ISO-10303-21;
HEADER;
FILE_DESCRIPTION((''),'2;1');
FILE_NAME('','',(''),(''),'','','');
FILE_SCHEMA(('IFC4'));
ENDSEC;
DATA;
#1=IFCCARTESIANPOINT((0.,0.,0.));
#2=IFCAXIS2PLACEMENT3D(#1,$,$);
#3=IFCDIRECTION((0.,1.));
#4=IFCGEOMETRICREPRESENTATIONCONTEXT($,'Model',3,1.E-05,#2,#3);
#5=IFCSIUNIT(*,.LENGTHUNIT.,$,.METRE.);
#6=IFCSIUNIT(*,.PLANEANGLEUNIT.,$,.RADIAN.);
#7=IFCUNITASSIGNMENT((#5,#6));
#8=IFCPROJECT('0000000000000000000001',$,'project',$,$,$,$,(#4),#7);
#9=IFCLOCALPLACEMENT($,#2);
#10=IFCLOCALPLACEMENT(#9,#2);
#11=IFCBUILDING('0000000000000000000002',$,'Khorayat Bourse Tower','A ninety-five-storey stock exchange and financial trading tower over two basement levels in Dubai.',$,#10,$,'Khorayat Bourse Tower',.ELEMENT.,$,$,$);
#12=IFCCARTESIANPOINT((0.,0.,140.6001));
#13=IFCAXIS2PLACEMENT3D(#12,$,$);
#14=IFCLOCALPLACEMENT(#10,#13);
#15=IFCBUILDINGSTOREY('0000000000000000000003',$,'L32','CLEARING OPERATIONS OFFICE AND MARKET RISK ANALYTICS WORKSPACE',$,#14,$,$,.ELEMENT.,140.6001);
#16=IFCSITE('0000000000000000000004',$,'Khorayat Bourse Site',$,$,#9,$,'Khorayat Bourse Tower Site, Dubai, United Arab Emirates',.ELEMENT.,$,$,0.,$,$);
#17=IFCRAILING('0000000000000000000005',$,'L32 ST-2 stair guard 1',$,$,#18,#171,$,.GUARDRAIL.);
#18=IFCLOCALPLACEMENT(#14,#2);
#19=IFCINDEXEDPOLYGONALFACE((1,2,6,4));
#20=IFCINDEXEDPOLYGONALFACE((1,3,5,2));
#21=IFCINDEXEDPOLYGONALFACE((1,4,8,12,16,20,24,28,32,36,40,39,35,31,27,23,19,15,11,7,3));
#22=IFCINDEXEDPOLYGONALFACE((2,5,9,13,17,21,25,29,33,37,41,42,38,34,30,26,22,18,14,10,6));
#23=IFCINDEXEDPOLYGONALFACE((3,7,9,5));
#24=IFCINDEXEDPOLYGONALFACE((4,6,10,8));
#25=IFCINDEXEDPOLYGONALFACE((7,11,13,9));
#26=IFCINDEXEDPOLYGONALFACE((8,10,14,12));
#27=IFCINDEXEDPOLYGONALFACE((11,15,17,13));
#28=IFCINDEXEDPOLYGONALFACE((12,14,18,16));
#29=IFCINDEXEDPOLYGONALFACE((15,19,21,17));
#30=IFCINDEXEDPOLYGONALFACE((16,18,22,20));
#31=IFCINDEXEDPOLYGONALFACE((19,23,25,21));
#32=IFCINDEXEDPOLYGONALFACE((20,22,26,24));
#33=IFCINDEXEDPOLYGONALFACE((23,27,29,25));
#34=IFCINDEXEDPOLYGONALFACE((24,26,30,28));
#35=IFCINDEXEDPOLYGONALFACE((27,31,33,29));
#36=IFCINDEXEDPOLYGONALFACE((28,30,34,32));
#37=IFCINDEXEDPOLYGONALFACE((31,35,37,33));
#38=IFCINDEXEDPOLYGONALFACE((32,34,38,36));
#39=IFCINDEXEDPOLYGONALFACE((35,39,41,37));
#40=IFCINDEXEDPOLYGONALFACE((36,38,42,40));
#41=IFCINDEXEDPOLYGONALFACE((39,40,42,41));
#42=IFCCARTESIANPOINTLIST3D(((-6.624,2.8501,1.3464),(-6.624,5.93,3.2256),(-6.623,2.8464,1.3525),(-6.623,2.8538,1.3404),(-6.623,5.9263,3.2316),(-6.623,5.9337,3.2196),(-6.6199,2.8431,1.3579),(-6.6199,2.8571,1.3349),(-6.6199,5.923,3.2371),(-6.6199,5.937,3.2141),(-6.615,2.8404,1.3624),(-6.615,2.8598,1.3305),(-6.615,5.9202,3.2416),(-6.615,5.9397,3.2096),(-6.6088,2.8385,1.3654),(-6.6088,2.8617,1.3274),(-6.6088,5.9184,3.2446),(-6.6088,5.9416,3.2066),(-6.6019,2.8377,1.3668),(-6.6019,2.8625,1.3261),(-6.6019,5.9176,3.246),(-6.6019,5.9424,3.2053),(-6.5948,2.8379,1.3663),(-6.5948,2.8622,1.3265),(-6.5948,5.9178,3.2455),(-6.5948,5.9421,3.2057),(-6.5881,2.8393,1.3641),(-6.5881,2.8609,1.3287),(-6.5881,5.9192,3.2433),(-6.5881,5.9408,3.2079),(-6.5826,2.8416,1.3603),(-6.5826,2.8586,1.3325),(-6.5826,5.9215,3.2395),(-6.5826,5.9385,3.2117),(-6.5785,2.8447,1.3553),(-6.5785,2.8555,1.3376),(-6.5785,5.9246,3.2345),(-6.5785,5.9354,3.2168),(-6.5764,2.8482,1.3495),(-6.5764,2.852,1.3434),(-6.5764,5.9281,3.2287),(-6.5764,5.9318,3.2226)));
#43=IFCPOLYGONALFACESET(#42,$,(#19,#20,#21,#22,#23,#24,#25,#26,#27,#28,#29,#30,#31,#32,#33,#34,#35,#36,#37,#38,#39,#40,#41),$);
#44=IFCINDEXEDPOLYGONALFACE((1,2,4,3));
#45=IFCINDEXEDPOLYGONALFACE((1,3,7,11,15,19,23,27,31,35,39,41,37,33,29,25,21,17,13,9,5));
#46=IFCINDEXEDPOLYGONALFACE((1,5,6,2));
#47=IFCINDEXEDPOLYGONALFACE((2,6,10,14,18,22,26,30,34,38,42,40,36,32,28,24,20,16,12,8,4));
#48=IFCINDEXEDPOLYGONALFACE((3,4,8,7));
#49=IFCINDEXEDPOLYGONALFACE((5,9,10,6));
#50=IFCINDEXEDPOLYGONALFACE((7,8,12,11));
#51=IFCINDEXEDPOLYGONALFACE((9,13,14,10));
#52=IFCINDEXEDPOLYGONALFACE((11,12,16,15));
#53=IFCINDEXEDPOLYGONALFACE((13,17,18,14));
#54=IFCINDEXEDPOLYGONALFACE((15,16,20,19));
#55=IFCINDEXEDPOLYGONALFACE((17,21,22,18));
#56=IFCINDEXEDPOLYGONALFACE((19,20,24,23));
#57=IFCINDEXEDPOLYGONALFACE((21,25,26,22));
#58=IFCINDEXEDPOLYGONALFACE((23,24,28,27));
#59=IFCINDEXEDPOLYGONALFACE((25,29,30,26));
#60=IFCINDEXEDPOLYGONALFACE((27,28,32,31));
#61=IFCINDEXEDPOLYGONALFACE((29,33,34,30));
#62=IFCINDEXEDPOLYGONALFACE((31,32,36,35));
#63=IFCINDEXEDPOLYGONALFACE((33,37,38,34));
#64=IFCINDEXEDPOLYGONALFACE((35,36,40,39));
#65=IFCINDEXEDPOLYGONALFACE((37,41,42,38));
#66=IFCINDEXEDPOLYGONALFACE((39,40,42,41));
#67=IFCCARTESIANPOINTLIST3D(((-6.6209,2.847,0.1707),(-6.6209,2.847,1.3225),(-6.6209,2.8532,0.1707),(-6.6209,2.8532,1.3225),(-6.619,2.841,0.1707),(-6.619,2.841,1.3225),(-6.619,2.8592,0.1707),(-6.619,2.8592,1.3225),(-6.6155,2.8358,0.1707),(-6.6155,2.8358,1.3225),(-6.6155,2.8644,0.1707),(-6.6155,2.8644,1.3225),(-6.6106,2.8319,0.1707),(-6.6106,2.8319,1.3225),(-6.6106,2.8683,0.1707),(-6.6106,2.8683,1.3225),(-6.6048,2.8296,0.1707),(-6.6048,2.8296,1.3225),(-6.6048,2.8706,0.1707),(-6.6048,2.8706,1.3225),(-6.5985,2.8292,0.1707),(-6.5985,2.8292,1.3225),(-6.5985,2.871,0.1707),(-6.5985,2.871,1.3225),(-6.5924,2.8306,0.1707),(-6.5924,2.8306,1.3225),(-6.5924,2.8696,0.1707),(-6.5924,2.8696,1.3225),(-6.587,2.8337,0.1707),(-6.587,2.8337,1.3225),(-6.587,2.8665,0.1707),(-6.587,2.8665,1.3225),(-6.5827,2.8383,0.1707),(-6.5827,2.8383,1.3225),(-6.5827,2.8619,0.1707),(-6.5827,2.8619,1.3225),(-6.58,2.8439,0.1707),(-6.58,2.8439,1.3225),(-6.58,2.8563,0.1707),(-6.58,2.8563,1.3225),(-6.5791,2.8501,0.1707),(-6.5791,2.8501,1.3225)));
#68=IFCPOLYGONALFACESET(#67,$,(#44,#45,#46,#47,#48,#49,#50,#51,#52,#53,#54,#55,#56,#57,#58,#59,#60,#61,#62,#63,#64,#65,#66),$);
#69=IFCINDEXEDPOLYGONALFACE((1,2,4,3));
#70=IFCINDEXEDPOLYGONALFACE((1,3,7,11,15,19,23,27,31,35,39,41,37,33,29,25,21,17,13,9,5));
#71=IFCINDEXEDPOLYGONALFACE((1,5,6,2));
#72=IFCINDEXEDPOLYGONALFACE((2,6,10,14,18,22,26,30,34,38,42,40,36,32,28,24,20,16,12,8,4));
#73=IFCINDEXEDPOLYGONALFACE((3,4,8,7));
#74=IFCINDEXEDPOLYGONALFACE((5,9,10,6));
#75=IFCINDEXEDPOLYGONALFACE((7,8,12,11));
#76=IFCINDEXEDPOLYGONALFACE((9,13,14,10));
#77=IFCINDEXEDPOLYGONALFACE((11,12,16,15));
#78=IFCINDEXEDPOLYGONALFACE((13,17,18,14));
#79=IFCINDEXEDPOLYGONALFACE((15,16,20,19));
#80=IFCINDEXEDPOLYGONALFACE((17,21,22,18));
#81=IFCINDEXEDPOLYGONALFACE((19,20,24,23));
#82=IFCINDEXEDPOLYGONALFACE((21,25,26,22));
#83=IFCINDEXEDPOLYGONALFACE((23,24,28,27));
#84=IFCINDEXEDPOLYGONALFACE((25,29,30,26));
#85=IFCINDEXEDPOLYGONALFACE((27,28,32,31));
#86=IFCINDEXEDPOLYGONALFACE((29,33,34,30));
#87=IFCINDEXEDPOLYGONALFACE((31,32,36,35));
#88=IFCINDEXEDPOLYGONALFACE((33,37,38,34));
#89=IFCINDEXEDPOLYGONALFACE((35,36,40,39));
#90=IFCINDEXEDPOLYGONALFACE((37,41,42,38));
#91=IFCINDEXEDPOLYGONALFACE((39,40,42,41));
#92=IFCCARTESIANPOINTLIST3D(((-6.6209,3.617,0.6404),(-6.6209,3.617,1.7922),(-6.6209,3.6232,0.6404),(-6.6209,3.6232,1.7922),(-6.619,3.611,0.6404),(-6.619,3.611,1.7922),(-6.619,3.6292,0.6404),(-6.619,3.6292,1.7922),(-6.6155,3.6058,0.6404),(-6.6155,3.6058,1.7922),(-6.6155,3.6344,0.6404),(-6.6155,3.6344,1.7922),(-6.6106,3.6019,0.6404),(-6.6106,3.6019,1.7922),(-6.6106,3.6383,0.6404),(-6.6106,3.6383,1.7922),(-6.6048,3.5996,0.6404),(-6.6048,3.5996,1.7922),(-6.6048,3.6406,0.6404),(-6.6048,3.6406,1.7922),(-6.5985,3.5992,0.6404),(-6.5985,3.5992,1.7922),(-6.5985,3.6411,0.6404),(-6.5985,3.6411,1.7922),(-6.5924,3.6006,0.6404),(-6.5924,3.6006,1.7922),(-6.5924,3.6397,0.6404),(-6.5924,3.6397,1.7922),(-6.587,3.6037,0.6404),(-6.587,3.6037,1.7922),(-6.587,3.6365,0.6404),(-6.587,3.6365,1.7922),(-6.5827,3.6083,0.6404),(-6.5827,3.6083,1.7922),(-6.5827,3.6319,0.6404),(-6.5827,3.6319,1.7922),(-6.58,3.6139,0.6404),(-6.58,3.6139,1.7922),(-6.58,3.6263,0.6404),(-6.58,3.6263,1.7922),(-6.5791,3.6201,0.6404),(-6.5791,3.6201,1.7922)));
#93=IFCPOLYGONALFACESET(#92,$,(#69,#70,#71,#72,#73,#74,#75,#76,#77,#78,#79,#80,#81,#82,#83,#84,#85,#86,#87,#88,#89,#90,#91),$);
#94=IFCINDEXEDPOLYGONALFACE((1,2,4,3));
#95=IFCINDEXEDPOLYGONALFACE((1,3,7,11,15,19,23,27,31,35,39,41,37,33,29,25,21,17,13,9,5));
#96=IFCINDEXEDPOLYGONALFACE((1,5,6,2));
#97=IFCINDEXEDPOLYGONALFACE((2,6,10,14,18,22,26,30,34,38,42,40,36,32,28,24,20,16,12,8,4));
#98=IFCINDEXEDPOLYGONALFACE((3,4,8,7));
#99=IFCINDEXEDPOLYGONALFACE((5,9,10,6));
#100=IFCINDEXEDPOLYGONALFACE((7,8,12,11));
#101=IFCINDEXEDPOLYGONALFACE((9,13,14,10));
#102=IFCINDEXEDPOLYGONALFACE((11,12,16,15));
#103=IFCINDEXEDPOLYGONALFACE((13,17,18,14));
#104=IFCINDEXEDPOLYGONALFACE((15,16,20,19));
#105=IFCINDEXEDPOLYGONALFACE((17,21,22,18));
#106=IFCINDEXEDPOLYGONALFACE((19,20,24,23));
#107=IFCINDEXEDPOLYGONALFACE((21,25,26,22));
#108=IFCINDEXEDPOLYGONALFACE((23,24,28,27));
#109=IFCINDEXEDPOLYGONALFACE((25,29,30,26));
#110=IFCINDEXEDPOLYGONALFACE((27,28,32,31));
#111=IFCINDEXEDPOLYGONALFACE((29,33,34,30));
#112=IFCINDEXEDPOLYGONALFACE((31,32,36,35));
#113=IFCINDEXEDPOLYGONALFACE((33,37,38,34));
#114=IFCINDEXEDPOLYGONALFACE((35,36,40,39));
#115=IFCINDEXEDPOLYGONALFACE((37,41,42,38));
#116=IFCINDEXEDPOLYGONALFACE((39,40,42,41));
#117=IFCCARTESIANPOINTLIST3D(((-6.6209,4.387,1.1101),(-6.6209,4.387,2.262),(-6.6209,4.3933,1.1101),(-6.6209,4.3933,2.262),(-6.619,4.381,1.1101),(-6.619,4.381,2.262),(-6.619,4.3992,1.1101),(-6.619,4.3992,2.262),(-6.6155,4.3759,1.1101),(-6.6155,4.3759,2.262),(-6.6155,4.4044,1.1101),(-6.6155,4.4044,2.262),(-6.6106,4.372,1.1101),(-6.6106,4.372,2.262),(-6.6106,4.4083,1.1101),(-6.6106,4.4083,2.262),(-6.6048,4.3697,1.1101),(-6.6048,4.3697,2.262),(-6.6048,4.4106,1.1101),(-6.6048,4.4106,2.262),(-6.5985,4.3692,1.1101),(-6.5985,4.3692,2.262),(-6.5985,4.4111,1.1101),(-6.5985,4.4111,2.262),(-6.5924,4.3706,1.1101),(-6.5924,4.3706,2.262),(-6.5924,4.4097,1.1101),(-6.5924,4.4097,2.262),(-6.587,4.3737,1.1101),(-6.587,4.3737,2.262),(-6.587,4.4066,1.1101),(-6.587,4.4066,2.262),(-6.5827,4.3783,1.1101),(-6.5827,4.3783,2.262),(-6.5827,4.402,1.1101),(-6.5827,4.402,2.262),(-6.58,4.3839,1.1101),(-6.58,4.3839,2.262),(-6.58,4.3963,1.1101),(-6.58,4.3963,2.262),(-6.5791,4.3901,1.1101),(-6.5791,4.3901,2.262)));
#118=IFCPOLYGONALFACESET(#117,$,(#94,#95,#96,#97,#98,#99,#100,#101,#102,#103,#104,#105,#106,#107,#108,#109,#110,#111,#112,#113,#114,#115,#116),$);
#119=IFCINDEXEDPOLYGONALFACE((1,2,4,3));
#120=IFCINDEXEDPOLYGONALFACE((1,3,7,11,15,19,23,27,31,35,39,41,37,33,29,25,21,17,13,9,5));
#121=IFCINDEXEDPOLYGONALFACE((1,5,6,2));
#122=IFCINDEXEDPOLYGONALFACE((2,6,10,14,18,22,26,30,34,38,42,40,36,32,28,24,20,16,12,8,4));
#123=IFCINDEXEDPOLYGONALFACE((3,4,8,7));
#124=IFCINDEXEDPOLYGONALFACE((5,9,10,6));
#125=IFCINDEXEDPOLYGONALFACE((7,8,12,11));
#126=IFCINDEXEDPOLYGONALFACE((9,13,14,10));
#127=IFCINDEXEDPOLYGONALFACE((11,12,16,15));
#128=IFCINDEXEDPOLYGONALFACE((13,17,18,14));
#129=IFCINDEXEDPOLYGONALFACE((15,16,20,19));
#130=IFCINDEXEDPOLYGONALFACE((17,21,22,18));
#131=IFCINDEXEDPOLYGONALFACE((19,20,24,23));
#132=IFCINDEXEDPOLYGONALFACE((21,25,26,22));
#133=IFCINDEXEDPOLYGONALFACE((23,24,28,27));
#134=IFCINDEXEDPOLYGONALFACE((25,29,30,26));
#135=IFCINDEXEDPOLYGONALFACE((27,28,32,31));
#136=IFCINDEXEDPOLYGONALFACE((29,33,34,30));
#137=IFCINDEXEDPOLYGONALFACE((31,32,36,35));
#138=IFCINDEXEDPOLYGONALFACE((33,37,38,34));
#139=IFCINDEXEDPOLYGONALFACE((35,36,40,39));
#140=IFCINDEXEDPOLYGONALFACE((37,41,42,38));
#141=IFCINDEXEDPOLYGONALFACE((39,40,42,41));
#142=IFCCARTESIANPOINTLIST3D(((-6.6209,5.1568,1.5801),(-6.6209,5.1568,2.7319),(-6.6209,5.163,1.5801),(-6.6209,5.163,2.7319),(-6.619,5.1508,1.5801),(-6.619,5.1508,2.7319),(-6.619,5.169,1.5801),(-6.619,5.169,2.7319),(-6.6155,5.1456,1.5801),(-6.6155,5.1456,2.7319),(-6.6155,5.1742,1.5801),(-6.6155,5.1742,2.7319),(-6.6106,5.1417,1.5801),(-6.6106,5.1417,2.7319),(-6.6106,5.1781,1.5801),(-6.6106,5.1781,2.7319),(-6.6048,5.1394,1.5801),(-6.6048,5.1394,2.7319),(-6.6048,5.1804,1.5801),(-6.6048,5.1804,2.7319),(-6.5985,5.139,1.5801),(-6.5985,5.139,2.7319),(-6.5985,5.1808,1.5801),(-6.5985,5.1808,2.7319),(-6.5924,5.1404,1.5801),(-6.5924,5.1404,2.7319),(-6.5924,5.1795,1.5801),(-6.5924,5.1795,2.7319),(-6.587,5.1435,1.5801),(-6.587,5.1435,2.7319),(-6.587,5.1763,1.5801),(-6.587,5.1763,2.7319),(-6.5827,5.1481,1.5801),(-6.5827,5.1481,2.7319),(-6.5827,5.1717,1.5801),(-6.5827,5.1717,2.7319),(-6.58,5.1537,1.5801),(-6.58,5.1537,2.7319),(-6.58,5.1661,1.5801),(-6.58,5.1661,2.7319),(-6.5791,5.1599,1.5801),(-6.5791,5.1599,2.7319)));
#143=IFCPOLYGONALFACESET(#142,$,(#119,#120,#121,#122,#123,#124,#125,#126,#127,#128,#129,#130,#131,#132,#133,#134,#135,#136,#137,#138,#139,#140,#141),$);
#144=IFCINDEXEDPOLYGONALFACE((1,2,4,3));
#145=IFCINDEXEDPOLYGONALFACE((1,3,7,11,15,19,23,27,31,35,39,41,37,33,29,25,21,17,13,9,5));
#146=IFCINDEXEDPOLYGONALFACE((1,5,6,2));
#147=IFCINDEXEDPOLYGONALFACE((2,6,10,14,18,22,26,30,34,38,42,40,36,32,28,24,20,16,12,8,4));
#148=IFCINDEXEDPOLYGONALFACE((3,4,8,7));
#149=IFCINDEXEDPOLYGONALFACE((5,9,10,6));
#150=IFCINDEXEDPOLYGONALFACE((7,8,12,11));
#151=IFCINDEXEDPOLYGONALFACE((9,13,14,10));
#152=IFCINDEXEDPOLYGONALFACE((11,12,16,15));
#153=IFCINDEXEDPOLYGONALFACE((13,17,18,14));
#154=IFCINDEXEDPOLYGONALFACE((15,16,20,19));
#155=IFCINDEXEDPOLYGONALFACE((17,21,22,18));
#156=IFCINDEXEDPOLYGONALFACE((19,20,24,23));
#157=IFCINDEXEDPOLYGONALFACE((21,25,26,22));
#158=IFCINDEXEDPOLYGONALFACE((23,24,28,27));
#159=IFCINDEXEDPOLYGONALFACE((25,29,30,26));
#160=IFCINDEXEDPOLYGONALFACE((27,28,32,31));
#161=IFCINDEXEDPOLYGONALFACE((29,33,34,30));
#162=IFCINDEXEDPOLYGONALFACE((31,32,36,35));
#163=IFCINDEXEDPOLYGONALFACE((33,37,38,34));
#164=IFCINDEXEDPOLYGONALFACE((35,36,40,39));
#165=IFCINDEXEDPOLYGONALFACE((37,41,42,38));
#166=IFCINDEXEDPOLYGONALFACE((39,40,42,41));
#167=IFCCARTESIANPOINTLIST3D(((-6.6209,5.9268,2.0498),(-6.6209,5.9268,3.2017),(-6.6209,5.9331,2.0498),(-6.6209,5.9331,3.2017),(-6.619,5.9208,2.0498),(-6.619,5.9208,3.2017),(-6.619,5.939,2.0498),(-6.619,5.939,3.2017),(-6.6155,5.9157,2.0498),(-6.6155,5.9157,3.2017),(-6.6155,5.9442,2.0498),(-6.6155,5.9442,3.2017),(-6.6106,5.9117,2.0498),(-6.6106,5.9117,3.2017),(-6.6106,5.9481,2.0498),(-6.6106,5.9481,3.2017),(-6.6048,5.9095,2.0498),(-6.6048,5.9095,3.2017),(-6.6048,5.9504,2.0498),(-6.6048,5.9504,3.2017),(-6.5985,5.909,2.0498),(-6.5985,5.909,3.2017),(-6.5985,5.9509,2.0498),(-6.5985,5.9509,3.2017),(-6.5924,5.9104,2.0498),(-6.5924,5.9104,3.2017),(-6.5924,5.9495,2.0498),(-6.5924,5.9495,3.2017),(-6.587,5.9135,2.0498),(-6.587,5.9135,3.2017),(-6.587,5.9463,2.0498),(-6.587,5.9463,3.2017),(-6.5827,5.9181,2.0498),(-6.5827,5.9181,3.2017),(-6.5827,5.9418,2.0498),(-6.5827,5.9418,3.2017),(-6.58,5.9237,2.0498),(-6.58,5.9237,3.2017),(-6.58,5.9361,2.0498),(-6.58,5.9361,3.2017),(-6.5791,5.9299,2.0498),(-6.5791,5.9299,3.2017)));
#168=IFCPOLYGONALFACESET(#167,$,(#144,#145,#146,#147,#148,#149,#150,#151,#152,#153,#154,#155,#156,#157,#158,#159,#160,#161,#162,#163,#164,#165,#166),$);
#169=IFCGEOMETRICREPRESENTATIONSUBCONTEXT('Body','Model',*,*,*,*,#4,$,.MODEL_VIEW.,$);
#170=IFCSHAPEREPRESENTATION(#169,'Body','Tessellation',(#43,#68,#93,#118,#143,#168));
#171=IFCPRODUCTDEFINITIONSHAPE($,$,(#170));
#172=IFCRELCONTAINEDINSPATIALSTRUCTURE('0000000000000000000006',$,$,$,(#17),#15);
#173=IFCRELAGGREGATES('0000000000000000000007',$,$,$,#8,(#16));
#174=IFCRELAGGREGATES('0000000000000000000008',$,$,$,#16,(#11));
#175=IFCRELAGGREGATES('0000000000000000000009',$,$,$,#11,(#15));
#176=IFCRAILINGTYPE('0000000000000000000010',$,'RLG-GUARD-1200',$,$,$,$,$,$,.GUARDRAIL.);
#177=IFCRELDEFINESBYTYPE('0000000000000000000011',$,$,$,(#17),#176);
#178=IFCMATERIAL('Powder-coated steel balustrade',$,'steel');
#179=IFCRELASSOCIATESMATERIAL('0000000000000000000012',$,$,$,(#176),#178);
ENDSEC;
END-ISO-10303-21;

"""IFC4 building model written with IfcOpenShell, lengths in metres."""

from ifc_helpers import new_model, si_unit, direction, frame, origin, origin_2d, place, context, subcontext, project, spatial, circle, extrude, source, transform, mapped, material, type_object, element, save


model = new_model("IFC4")

# Units and contexts
model_context = context("Model", 3, precision=1e-05, world=origin(), true_north=direction((0.0, 1.0)))
body_context = subcontext(model_context, "Body", "Model", "MODEL_VIEW")
ifc_project = project(units=[si_unit("LENGTHUNIT", "METRE"), si_unit("PLANEANGLEUNIT", "RADIAN")], contexts=[model_context])

# Site, building, storey
site_placement = place(None, origin())
site = spatial("IfcSite", under=ifc_project, at=site_placement, Name="Khorayat Bourse Site", LongName="Khorayat Bourse Tower Site, Dubai, United Arab Emirates", CompositionType="ELEMENT", RefElevation=0.0)
building_placement = place(site_placement, origin())
building = spatial("IfcBuilding", under=site, at=building_placement, Name="Khorayat Bourse Tower", Description="A ninety-five-storey stock exchange and financial trading tower over two basement levels in Dubai.", LongName="Khorayat Bourse Tower", CompositionType="ELEMENT")
storey_placement = place(building_placement, frame((0.0, 0.0, 140.6001)))
storey = spatial("IfcBuildingStorey", under=building, at=storey_placement, Name="L32", Description="CLEARING OPERATIONS OFFICE AND MARKET RISK ANALYTICS WORKSPACE", CompositionType="ELEMENT", Elevation=140.6001)

# Railing
ifc_material_1 = material(Name="Powder-coated steel balustrade", Category="steel")
railing_type_1 = type_object("IfcRailingType", Name="RLG-GUARD-1200", PredefinedType="GUARDRAIL", material=ifc_material_1)
shared_shape_1 = source(origin(), body_context, "Body", "SweptSolid", [
    extrude(circle(Radius=0.0239, at=origin_2d()), frame((0.0, 0.0, 1.1758), z_axis=(0.0, 0.853648, 0.52085), x_axis=(-1.0, 0.0, 0.0)), (0.0, 0.0, 1.0), 3.6079),
    extrude(circle(Radius=0.021, at=origin_2d()), origin(), (0.0, 0.0, 1.0), 1.1519),
    extrude(circle(Radius=0.021, at=origin_2d()), frame((0.0, 0.77, 0.4697)), (0.0, 0.0, 1.0), 1.1519),
    extrude(circle(Radius=0.021, at=origin_2d()), frame((0.0, 1.54, 0.9395)), (0.0, 0.0, 1.0), 1.1519),
    extrude(circle(Radius=0.021, at=origin_2d()), frame((0.0, 2.3098, 1.4094)), (0.0, 0.0, 1.0), 1.1519),
    extrude(circle(Radius=0.021, at=origin_2d()), frame((0.0, 3.0798, 1.8792)), (0.0, 0.0, 1.0), 1.1519),
])
railing_1_placement = place(storey_placement, frame((-6.6001, 2.8501, 0.1707)))
element("IfcRailing", 1, at=railing_1_placement, inside=storey, type_object=railing_type_1, Name="L32 ST-2 stair guard 1", PredefinedType="GUARDRAIL", context=body_context, shape_type="MappedRepresentation", body=[
    mapped(shared_shape_1, transform((0.0, 0.0, 0.0), scale=1.0)),
])

save(model, "model.ifc")
